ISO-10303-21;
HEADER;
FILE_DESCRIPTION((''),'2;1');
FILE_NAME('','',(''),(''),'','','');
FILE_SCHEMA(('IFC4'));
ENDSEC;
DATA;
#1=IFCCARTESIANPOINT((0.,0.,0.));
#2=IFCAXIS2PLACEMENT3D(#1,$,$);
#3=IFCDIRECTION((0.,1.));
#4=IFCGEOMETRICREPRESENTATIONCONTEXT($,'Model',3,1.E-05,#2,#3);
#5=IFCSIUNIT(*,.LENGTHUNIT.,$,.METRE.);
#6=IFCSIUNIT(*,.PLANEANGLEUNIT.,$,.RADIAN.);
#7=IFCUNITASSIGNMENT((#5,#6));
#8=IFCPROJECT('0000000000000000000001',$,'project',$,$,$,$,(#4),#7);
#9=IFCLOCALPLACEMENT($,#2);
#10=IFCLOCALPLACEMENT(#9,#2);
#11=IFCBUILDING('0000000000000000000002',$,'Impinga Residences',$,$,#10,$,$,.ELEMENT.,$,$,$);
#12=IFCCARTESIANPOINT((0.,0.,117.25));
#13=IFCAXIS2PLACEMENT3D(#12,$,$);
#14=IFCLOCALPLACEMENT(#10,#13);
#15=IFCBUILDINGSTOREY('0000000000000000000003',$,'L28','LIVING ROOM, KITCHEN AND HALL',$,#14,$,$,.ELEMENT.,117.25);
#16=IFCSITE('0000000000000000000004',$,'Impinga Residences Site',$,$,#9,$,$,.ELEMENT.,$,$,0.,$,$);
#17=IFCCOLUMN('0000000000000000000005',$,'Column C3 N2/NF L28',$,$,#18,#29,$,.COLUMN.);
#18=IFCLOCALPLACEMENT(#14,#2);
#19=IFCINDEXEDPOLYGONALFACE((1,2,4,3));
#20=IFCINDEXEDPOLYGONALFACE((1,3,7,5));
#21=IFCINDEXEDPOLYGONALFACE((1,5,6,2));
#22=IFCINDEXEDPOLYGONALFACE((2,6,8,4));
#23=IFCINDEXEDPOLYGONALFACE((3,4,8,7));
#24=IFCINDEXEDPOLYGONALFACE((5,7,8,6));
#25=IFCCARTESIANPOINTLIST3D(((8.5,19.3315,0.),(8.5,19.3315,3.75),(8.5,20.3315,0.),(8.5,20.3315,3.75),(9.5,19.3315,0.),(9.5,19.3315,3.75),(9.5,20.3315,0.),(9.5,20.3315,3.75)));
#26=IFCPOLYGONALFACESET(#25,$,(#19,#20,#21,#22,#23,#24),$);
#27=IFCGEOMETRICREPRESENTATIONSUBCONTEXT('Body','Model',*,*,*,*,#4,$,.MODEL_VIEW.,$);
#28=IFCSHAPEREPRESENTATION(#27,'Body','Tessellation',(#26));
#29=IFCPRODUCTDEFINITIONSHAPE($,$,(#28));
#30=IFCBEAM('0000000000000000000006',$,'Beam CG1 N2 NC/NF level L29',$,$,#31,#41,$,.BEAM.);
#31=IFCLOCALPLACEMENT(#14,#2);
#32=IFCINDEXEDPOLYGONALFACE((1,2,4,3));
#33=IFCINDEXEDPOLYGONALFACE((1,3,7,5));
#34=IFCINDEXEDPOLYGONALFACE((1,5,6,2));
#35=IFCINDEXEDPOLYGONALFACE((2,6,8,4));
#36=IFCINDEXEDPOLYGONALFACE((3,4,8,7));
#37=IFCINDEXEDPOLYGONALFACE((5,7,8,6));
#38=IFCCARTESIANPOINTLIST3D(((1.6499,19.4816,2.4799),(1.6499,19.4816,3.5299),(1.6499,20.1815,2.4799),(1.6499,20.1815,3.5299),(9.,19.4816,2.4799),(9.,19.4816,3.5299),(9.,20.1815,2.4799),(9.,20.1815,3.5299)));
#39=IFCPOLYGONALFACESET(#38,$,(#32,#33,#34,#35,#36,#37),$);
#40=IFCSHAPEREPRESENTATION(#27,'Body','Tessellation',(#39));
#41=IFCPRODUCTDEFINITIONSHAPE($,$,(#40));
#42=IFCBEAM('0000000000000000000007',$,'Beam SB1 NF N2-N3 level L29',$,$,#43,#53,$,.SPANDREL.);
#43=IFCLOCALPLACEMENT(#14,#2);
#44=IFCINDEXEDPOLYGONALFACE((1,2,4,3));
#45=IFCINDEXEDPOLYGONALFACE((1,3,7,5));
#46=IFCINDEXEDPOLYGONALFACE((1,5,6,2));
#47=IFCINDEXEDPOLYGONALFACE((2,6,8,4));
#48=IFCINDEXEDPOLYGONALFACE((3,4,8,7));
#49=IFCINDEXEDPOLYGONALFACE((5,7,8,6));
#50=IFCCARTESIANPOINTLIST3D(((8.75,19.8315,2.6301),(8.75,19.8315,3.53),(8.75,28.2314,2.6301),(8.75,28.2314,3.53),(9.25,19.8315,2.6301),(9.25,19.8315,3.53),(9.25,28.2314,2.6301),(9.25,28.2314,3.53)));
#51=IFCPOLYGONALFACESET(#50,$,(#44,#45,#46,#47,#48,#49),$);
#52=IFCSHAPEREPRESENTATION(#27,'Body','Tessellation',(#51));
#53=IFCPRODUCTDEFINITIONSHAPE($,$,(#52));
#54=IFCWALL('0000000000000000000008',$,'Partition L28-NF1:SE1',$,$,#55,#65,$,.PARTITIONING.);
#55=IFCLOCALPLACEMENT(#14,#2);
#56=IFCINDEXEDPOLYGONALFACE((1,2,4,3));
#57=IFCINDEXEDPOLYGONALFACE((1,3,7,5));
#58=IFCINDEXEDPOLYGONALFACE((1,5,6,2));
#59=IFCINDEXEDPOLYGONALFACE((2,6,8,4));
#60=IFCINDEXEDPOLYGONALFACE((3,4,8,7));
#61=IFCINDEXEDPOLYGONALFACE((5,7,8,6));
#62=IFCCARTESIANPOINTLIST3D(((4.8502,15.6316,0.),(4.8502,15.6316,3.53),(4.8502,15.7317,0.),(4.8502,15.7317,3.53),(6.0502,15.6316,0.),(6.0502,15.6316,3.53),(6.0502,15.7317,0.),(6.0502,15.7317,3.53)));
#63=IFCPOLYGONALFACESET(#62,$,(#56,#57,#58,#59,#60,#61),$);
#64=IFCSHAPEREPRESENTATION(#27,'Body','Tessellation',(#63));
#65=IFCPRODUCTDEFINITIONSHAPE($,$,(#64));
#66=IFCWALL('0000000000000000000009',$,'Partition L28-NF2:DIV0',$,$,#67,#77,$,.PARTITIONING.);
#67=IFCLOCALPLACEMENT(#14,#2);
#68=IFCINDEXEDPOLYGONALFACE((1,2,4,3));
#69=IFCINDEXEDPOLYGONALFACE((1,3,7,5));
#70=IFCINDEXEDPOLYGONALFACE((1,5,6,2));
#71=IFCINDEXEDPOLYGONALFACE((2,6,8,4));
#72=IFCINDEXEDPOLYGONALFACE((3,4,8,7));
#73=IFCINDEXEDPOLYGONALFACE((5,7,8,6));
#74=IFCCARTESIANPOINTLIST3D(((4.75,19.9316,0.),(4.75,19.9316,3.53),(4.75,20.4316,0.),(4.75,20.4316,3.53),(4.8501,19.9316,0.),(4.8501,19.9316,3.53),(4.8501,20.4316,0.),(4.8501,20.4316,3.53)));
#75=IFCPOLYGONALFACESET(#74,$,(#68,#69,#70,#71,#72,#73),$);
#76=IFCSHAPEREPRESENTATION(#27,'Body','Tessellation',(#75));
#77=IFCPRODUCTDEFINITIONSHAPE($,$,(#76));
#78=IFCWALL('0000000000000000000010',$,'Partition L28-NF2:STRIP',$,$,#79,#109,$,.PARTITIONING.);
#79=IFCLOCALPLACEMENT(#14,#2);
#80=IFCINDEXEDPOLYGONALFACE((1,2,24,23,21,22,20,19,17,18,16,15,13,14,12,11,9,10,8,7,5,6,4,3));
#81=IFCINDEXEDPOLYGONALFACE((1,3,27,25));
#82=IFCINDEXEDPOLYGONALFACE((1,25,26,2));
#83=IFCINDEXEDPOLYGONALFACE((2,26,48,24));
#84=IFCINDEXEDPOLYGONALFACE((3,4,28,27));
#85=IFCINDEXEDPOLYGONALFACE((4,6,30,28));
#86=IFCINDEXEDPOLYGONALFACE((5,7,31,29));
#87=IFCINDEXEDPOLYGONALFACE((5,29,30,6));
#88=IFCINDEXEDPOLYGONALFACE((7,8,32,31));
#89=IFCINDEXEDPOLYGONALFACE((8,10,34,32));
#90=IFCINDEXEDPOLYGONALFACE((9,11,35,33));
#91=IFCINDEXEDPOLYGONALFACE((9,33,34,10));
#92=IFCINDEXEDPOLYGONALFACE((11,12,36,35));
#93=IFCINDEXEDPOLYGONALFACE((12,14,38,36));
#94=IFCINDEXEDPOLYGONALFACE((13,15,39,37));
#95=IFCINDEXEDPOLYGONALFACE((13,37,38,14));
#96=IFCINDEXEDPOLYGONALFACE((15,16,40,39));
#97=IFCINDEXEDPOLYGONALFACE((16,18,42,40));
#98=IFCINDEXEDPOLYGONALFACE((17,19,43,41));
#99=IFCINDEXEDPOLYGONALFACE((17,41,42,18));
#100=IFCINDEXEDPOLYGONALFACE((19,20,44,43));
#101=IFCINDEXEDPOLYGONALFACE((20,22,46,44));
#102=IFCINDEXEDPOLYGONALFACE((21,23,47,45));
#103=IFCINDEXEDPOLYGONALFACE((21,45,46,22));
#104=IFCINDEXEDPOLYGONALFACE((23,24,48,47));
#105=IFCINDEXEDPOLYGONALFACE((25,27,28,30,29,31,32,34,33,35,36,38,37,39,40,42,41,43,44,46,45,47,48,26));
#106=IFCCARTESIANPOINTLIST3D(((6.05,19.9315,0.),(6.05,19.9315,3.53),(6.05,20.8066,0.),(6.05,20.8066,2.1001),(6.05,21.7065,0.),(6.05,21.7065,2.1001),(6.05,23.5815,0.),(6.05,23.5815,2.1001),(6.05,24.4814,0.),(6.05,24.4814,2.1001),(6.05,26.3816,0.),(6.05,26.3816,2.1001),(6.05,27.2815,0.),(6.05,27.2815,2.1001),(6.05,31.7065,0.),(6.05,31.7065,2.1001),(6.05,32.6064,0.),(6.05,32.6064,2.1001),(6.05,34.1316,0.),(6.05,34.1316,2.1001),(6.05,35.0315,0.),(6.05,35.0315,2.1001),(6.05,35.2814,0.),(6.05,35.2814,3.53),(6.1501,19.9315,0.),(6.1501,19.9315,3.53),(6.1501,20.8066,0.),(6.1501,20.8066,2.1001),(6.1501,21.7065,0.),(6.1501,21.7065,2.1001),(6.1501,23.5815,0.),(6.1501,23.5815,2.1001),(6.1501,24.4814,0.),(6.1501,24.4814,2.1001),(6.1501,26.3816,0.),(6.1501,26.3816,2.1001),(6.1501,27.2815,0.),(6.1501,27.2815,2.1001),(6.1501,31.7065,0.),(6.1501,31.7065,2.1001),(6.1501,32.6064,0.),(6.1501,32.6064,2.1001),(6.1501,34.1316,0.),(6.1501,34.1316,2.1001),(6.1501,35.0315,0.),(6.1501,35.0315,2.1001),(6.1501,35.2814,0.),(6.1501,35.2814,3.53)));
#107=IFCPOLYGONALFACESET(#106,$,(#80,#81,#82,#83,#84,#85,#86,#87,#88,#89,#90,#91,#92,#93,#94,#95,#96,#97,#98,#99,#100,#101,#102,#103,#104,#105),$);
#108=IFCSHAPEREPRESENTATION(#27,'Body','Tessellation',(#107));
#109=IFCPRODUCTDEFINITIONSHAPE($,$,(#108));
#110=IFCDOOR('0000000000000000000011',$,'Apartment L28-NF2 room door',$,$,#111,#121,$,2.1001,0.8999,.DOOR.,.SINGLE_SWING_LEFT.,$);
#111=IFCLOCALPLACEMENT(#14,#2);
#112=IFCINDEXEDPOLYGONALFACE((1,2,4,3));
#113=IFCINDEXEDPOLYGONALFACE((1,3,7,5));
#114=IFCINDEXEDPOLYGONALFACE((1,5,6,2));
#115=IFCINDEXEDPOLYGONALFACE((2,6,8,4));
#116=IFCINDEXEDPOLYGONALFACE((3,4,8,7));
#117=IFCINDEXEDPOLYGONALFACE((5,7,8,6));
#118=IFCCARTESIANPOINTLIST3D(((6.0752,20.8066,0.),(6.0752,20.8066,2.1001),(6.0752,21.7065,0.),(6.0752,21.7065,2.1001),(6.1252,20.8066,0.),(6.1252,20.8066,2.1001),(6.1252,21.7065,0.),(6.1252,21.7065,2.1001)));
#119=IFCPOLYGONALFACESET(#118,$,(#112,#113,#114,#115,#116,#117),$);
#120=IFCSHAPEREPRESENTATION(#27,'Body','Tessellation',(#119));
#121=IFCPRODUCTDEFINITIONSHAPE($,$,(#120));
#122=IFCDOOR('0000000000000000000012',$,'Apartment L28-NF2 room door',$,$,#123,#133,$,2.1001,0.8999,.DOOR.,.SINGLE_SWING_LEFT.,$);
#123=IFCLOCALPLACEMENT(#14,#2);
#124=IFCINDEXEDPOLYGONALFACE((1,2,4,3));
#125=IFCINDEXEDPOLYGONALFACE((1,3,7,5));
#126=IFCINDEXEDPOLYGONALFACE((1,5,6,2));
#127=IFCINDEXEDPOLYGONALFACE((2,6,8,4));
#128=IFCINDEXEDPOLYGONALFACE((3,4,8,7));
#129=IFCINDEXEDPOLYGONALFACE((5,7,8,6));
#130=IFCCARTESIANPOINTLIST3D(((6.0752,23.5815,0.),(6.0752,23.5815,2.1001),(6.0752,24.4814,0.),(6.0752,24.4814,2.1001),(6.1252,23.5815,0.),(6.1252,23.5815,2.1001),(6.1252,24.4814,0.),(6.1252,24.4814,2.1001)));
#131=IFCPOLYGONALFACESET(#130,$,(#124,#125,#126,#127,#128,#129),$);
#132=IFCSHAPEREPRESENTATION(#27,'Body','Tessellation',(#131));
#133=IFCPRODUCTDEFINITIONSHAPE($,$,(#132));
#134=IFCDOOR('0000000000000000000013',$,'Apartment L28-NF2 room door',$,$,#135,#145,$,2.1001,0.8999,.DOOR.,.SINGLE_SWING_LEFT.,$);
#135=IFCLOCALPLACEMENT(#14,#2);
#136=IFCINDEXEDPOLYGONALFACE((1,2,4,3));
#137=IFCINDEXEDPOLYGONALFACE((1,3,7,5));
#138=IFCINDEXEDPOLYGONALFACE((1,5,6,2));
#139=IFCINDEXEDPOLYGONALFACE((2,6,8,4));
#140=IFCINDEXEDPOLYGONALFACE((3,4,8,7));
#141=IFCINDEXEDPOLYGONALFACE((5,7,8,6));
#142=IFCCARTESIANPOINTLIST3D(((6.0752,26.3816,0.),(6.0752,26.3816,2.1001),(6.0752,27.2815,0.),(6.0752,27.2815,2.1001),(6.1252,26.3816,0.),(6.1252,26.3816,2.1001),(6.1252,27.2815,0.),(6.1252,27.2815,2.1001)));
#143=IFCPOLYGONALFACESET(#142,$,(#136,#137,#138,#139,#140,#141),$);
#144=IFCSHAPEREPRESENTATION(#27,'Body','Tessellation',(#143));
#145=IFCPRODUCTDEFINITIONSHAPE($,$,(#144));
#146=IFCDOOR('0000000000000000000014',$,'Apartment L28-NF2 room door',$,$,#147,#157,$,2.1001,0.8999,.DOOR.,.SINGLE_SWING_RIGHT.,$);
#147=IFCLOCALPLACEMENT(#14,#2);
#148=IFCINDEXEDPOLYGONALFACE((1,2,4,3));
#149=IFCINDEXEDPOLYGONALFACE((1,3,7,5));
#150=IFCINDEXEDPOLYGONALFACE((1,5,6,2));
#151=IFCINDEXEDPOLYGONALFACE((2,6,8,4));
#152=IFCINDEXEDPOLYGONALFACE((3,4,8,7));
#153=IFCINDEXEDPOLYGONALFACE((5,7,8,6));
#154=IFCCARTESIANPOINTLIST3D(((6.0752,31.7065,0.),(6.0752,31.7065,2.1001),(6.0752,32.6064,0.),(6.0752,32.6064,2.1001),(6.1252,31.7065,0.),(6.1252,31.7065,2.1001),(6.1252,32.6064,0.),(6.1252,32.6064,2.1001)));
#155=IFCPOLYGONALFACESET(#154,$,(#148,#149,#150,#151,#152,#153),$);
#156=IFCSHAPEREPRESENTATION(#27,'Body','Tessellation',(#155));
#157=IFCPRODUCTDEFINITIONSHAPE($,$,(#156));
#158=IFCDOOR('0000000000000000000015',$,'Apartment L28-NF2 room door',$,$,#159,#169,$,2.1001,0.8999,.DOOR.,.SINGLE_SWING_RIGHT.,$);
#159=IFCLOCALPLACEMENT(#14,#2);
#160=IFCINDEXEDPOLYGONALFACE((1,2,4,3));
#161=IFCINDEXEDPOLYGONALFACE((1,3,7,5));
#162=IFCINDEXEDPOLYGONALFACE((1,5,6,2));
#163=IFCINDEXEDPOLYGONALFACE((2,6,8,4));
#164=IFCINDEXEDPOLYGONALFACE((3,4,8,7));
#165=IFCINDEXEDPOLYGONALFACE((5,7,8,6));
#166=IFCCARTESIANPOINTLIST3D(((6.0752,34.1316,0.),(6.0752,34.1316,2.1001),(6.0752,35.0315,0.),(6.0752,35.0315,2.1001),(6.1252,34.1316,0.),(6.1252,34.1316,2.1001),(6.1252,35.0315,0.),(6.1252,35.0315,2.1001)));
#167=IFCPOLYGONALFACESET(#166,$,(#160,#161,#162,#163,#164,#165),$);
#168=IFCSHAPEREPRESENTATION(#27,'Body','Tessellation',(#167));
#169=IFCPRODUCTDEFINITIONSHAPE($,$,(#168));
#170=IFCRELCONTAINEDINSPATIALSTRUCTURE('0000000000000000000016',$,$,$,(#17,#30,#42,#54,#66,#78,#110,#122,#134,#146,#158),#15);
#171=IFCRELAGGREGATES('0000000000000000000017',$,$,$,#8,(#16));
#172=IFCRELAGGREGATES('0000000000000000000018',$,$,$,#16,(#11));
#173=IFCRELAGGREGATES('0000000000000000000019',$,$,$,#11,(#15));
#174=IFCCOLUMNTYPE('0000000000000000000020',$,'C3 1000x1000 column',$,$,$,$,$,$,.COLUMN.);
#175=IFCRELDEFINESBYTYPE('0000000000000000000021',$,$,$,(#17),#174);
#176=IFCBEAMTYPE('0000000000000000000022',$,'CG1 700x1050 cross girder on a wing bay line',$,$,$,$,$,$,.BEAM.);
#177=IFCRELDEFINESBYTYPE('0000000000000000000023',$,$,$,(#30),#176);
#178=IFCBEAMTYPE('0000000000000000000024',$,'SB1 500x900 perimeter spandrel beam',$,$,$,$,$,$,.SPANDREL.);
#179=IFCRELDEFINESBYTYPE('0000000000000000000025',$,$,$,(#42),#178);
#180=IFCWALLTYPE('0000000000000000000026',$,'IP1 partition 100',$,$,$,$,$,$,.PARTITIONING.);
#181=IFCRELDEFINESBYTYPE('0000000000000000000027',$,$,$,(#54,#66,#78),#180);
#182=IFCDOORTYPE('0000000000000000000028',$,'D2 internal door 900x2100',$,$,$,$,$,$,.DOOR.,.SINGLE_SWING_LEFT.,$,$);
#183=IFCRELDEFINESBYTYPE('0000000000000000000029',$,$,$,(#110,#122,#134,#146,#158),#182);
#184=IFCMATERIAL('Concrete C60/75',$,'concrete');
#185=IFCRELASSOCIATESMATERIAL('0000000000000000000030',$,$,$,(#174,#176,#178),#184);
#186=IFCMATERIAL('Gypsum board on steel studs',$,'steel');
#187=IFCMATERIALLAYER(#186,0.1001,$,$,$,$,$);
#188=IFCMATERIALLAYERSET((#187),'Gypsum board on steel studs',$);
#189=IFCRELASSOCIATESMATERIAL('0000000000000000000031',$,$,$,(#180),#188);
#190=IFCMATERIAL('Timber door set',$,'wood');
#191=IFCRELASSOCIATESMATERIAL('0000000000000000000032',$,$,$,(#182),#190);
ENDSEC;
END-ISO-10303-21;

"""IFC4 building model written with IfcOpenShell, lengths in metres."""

from ifc_helpers import new_model, si_unit, direction, frame, frame_2d, origin, origin_2d, place, context, subcontext, project, spatial, rectangle, extrude, material, layer, layer_set, material_profile, profile_set, type_object, element, fill, save


model = new_model("IFC4")

# Units and contexts
model_context = context("Model", 3, precision=1e-05, world=origin(), true_north=direction((0.0, 1.0)))
body_context = subcontext(model_context, "Body", "Model", "MODEL_VIEW")
ifc_project = project(units=[si_unit("LENGTHUNIT", "METRE"), si_unit("PLANEANGLEUNIT", "RADIAN")], contexts=[model_context])

# Site, building, storey
site_placement = place(None, origin())
site = spatial("IfcSite", under=ifc_project, at=site_placement, Name="Impinga Residences Site", CompositionType="ELEMENT", RefElevation=0.0)
building_placement = place(site_placement, origin())
building = spatial("IfcBuilding", under=site, at=building_placement, Name="Impinga Residences", CompositionType="ELEMENT")
storey_placement = place(building_placement, frame((0.0, 0.0, 117.25)))
storey = spatial("IfcBuildingStorey", under=building, at=storey_placement, Name="L28", Description="LIVING ROOM, KITCHEN AND HALL", CompositionType="ELEMENT", Elevation=117.25)

# Column
ifc_material_1 = material(Name="Concrete C60/75", Category="concrete")
ifc_material_profile_1 = material_profile(ifc_material_1, rectangle(XDim=1.0, YDim=1.0, at=origin_2d()), Name="RC 1000x1000")
ifc_profile_set_1 = profile_set([ifc_material_profile_1], Name="Concrete C60/75")
column_type = type_object("IfcColumnType", Name="C3 1000x1000 column", PredefinedType="COLUMN", material=ifc_profile_set_1)
column_placement = place(storey_placement, frame((9.0, 19.8315, 0.0), z_axis=(0.0, 0.0, 1.0), x_axis=(1.0, 0.0, 0.0)))
element("IfcColumn", 1, at=column_placement, inside=storey, type_object=column_type, Name="Column C3 N2/NF L28", PredefinedType="COLUMN", context=body_context, shape_type="SweptSolid", body=[
    extrude(rectangle(XDim=1.0, YDim=1.0, at=origin_2d()), origin(), (0.0, 0.0, 1.0), 3.75),
])

# Beams
ifc_material_profile_2 = material_profile(ifc_material_1, rectangle(XDim=0.7, YDim=1.05, at=origin_2d()), Name="RC 700x1050")
ifc_profile_set_2 = profile_set([ifc_material_profile_2], Name="Concrete C60/75")
beam_type_1 = type_object("IfcBeamType", Name="CG1 700x1050 cross girder on a wing bay line", PredefinedType="BEAM", material=ifc_profile_set_2)
beam_1_placement = place(storey_placement, frame((1.6499, 19.8315, 3.0049), z_axis=(1.0, 0.0, 0.0), x_axis=(0.0, 1.0, 0.0)))
element("IfcBeam", 2, at=beam_1_placement, inside=storey, type_object=beam_type_1, Name="Beam CG1 N2 NC/NF level L29", PredefinedType="BEAM", context=body_context, shape_type="SweptSolid", body=[
    extrude(rectangle(XDim=0.7, YDim=1.05, at=origin_2d()), origin(), (0.0, 0.0, 1.0), 7.3501),
])
ifc_material_profile_3 = material_profile(ifc_material_1, rectangle(XDim=0.5, YDim=0.8999, at=origin_2d()), Name="RC 500x900")
ifc_profile_set_3 = profile_set([ifc_material_profile_3], Name="Concrete C60/75")
beam_type_2 = type_object("IfcBeamType", Name="SB1 500x900 perimeter spandrel beam", PredefinedType="SPANDREL", material=ifc_profile_set_3)
beam_2_placement = place(storey_placement, frame((9.0, 19.8315, 3.0801), z_axis=(0.0, 1.0, 0.0), x_axis=(-1.0, 0.0, 0.0)))
element("IfcBeam", 3, at=beam_2_placement, inside=storey, type_object=beam_type_2, Name="Beam SB1 NF N2-N3 level L29", PredefinedType="SPANDREL", context=body_context, shape_type="SweptSolid", body=[
    extrude(rectangle(XDim=0.5, YDim=0.8999, at=origin_2d()), origin(), (0.0, 0.0, 1.0), 8.3999),
])

# Walls
ifc_material_2 = material(Name="Gypsum board on steel studs", Category="steel")
ifc_layer_1 = layer(ifc_material_2, 0.1001)
ifc_layer_set_1 = layer_set([ifc_layer_1], Name="Gypsum board on steel studs")
wall_type_1 = type_object("IfcWallType", Name="IP1 partition 100", PredefinedType="PARTITIONING", material=ifc_layer_set_1)
wall_1_placement = place(storey_placement, frame((4.8501, 15.6816, 0.0), z_axis=(0.0, 0.0, 1.0), x_axis=(1.0, 0.0, 0.0)))
element("IfcWall", 4, at=wall_1_placement, inside=storey, type_object=wall_type_1, Name="Partition L28-NF1:SE1", PredefinedType="PARTITIONING", context=body_context, shape_type="SweptSolid", body=[
    extrude(rectangle(XDim=1.2, YDim=0.1001, at=frame_2d((0.6001, 0.0))), origin(), (0.0, 0.0, 1.0), 3.53),
])
wall_2_placement = place(storey_placement, frame((4.8, 19.9316, 0.0), z_axis=(0.0, 0.0, 1.0), x_axis=(0.0, 1.0, 0.0)))
element("IfcWall", 5, at=wall_2_placement, inside=storey, type_object=wall_type_1, Name="Partition L28-NF2:DIV0", PredefinedType="PARTITIONING", context=body_context, shape_type="SweptSolid", body=[
    extrude(rectangle(XDim=0.5, YDim=0.1001, at=frame_2d((0.25, 0.0))), origin(), (0.0, 0.0, 1.0), 3.53),
])

# Wall, openings, doors
wall_3_placement = place(storey_placement, frame((6.1001, 19.9316, 0.0), z_axis=(0.0, 0.0, 1.0), x_axis=(0.0, 1.0, 0.0)))
wall_3 = element("IfcWall", 6, at=wall_3_placement, inside=storey, type_object=wall_type_1, Name="Partition L28-NF2:STRIP", PredefinedType="PARTITIONING", context=body_context, shape_type="SweptSolid", body=[
    extrude(rectangle(XDim=15.3499, YDim=0.1001, at=frame_2d((7.6748, 0.0))), origin(), (0.0, 0.0, 1.0), 3.53),
])
opening_1_placement = place(wall_3_placement, frame((0.875, 0.0, 0.0)))
opening_1 = element("IfcOpeningElement", 7, at=opening_1_placement, cuts=wall_3, PredefinedType="OPENING", context=body_context, shape_type="SweptSolid", body=[
    extrude(rectangle(XDim=0.8999, YDim=2.1001, at=frame_2d((0.45, 1.05))), frame((0.0, 0.0601, 0.0), z_axis=(0.0, -1.0, 0.0), x_axis=(1.0, 0.0, 0.0)), (0.0, 0.0, 1.0), 0.1201),
])
opening_2_placement = place(wall_3_placement, frame((3.6499, 0.0, 0.0)))
opening_2 = element("IfcOpeningElement", 8, at=opening_2_placement, cuts=wall_3, PredefinedType="OPENING", context=body_context, shape_type="SweptSolid", body=[
    extrude(rectangle(XDim=0.8999, YDim=2.1001, at=frame_2d((0.45, 1.05))), frame((0.0, 0.0601, 0.0), z_axis=(0.0, -1.0, 0.0), x_axis=(1.0, 0.0, 0.0)), (0.0, 0.0, 1.0), 0.1201),
])
opening_3_placement = place(wall_3_placement, frame((6.45, 0.0, 0.0)))
opening_3 = element("IfcOpeningElement", 9, at=opening_3_placement, cuts=wall_3, PredefinedType="OPENING", context=body_context, shape_type="SweptSolid", body=[
    extrude(rectangle(XDim=0.8999, YDim=2.1001, at=frame_2d((0.45, 1.05))), frame((0.0, 0.0601, 0.0), z_axis=(0.0, -1.0, 0.0), x_axis=(1.0, 0.0, 0.0)), (0.0, 0.0, 1.0), 0.1201),
])
opening_4_placement = place(wall_3_placement, frame((11.7749, 0.0, 0.0)))
opening_4 = element("IfcOpeningElement", 10, at=opening_4_placement, cuts=wall_3, PredefinedType="OPENING", context=body_context, shape_type="SweptSolid", body=[
    extrude(rectangle(XDim=0.8999, YDim=2.1001, at=frame_2d((0.45, 1.05))), frame((0.0, 0.0601, 0.0), z_axis=(0.0, -1.0, 0.0), x_axis=(1.0, 0.0, 0.0)), (0.0, 0.0, 1.0), 0.1201),
])
opening_5_placement = place(wall_3_placement, frame((14.2, 0.0, 0.0)))
opening_5 = element("IfcOpeningElement", 11, at=opening_5_placement, cuts=wall_3, PredefinedType="OPENING", context=body_context, shape_type="SweptSolid", body=[
    extrude(rectangle(XDim=0.8999, YDim=2.1001, at=frame_2d((0.45, 1.05))), frame((0.0, 0.0601, 0.0), z_axis=(0.0, -1.0, 0.0), x_axis=(1.0, 0.0, 0.0)), (0.0, 0.0, 1.0), 0.1201),
])
ifc_material_3 = material(Name="Timber door set", Category="wood")
door_type = type_object("IfcDoorType", Name="D2 internal door 900x2100", OperationType="SINGLE_SWING_LEFT", PredefinedType="DOOR", material=ifc_material_3)
door_1_placement = place(opening_1_placement, origin())
door_1 = element("IfcDoor", 12, at=door_1_placement, inside=storey, type_object=door_type, Name="Apartment L28-NF2 room door", OperationType="SINGLE_SWING_LEFT", OverallHeight=2.1001, OverallWidth=0.8999, PredefinedType="DOOR", context=body_context, shape_type="SweptSolid", body=[
    extrude(rectangle(XDim=0.8999, YDim=2.1001, at=frame_2d((0.45, 1.05))), frame((0.0, 0.0249, 0.0), z_axis=(0.0, -1.0, 0.0), x_axis=(1.0, 0.0, 0.0)), (0.0, 0.0, 1.0), 0.05),
])
fill(opening_1, door_1)
door_2_placement = place(opening_2_placement, origin())
door_2 = element("IfcDoor", 13, at=door_2_placement, inside=storey, type_object=door_type, Name="Apartment L28-NF2 room door", OperationType="SINGLE_SWING_LEFT", OverallHeight=2.1001, OverallWidth=0.8999, PredefinedType="DOOR", context=body_context, shape_type="SweptSolid", body=[
    extrude(rectangle(XDim=0.8999, YDim=2.1001, at=frame_2d((0.45, 1.05))), frame((0.0, 0.0249, 0.0), z_axis=(0.0, -1.0, 0.0), x_axis=(1.0, 0.0, 0.0)), (0.0, 0.0, 1.0), 0.05),
])
fill(opening_2, door_2)
door_3_placement = place(opening_3_placement, origin())
door_3 = element("IfcDoor", 14, at=door_3_placement, inside=storey, type_object=door_type, Name="Apartment L28-NF2 room door", OperationType="SINGLE_SWING_LEFT", OverallHeight=2.1001, OverallWidth=0.8999, PredefinedType="DOOR", context=body_context, shape_type="SweptSolid", body=[
    extrude(rectangle(XDim=0.8999, YDim=2.1001, at=frame_2d((0.45, 1.05))), frame((0.0, 0.0249, 0.0), z_axis=(0.0, -1.0, 0.0), x_axis=(1.0, 0.0, 0.0)), (0.0, 0.0, 1.0), 0.05),
])
fill(opening_3, door_3)
door_4_placement = place(opening_4_placement, origin())
door_4 = element("IfcDoor", 15, at=door_4_placement, inside=storey, type_object=door_type, Name="Apartment L28-NF2 room door", OperationType="SINGLE_SWING_RIGHT", OverallHeight=2.1001, OverallWidth=0.8999, PredefinedType="DOOR", context=body_context, shape_type="SweptSolid", body=[
    extrude(rectangle(XDim=0.8999, YDim=2.1001, at=frame_2d((0.45, 1.05))), frame((0.0, 0.0249, 0.0), z_axis=(0.0, -1.0, 0.0), x_axis=(1.0, 0.0, 0.0)), (0.0, 0.0, 1.0), 0.05),
])
fill(opening_4, door_4)
door_5_placement = place(opening_5_placement, origin())
door_5 = element("IfcDoor", 16, at=door_5_placement, inside=storey, type_object=door_type, Name="Apartment L28-NF2 room door", OperationType="SINGLE_SWING_RIGHT", OverallHeight=2.1001, OverallWidth=0.8999, PredefinedType="DOOR", context=body_context, shape_type="SweptSolid", body=[
    extrude(rectangle(XDim=0.8999, YDim=2.1001, at=frame_2d((0.45, 1.05))), frame((0.0, 0.0249, 0.0), z_axis=(0.0, -1.0, 0.0), x_axis=(1.0, 0.0, 0.0)), (0.0, 0.0, 1.0), 0.05),
])
fill(opening_5, door_5)

save(model, "model.ifc")
